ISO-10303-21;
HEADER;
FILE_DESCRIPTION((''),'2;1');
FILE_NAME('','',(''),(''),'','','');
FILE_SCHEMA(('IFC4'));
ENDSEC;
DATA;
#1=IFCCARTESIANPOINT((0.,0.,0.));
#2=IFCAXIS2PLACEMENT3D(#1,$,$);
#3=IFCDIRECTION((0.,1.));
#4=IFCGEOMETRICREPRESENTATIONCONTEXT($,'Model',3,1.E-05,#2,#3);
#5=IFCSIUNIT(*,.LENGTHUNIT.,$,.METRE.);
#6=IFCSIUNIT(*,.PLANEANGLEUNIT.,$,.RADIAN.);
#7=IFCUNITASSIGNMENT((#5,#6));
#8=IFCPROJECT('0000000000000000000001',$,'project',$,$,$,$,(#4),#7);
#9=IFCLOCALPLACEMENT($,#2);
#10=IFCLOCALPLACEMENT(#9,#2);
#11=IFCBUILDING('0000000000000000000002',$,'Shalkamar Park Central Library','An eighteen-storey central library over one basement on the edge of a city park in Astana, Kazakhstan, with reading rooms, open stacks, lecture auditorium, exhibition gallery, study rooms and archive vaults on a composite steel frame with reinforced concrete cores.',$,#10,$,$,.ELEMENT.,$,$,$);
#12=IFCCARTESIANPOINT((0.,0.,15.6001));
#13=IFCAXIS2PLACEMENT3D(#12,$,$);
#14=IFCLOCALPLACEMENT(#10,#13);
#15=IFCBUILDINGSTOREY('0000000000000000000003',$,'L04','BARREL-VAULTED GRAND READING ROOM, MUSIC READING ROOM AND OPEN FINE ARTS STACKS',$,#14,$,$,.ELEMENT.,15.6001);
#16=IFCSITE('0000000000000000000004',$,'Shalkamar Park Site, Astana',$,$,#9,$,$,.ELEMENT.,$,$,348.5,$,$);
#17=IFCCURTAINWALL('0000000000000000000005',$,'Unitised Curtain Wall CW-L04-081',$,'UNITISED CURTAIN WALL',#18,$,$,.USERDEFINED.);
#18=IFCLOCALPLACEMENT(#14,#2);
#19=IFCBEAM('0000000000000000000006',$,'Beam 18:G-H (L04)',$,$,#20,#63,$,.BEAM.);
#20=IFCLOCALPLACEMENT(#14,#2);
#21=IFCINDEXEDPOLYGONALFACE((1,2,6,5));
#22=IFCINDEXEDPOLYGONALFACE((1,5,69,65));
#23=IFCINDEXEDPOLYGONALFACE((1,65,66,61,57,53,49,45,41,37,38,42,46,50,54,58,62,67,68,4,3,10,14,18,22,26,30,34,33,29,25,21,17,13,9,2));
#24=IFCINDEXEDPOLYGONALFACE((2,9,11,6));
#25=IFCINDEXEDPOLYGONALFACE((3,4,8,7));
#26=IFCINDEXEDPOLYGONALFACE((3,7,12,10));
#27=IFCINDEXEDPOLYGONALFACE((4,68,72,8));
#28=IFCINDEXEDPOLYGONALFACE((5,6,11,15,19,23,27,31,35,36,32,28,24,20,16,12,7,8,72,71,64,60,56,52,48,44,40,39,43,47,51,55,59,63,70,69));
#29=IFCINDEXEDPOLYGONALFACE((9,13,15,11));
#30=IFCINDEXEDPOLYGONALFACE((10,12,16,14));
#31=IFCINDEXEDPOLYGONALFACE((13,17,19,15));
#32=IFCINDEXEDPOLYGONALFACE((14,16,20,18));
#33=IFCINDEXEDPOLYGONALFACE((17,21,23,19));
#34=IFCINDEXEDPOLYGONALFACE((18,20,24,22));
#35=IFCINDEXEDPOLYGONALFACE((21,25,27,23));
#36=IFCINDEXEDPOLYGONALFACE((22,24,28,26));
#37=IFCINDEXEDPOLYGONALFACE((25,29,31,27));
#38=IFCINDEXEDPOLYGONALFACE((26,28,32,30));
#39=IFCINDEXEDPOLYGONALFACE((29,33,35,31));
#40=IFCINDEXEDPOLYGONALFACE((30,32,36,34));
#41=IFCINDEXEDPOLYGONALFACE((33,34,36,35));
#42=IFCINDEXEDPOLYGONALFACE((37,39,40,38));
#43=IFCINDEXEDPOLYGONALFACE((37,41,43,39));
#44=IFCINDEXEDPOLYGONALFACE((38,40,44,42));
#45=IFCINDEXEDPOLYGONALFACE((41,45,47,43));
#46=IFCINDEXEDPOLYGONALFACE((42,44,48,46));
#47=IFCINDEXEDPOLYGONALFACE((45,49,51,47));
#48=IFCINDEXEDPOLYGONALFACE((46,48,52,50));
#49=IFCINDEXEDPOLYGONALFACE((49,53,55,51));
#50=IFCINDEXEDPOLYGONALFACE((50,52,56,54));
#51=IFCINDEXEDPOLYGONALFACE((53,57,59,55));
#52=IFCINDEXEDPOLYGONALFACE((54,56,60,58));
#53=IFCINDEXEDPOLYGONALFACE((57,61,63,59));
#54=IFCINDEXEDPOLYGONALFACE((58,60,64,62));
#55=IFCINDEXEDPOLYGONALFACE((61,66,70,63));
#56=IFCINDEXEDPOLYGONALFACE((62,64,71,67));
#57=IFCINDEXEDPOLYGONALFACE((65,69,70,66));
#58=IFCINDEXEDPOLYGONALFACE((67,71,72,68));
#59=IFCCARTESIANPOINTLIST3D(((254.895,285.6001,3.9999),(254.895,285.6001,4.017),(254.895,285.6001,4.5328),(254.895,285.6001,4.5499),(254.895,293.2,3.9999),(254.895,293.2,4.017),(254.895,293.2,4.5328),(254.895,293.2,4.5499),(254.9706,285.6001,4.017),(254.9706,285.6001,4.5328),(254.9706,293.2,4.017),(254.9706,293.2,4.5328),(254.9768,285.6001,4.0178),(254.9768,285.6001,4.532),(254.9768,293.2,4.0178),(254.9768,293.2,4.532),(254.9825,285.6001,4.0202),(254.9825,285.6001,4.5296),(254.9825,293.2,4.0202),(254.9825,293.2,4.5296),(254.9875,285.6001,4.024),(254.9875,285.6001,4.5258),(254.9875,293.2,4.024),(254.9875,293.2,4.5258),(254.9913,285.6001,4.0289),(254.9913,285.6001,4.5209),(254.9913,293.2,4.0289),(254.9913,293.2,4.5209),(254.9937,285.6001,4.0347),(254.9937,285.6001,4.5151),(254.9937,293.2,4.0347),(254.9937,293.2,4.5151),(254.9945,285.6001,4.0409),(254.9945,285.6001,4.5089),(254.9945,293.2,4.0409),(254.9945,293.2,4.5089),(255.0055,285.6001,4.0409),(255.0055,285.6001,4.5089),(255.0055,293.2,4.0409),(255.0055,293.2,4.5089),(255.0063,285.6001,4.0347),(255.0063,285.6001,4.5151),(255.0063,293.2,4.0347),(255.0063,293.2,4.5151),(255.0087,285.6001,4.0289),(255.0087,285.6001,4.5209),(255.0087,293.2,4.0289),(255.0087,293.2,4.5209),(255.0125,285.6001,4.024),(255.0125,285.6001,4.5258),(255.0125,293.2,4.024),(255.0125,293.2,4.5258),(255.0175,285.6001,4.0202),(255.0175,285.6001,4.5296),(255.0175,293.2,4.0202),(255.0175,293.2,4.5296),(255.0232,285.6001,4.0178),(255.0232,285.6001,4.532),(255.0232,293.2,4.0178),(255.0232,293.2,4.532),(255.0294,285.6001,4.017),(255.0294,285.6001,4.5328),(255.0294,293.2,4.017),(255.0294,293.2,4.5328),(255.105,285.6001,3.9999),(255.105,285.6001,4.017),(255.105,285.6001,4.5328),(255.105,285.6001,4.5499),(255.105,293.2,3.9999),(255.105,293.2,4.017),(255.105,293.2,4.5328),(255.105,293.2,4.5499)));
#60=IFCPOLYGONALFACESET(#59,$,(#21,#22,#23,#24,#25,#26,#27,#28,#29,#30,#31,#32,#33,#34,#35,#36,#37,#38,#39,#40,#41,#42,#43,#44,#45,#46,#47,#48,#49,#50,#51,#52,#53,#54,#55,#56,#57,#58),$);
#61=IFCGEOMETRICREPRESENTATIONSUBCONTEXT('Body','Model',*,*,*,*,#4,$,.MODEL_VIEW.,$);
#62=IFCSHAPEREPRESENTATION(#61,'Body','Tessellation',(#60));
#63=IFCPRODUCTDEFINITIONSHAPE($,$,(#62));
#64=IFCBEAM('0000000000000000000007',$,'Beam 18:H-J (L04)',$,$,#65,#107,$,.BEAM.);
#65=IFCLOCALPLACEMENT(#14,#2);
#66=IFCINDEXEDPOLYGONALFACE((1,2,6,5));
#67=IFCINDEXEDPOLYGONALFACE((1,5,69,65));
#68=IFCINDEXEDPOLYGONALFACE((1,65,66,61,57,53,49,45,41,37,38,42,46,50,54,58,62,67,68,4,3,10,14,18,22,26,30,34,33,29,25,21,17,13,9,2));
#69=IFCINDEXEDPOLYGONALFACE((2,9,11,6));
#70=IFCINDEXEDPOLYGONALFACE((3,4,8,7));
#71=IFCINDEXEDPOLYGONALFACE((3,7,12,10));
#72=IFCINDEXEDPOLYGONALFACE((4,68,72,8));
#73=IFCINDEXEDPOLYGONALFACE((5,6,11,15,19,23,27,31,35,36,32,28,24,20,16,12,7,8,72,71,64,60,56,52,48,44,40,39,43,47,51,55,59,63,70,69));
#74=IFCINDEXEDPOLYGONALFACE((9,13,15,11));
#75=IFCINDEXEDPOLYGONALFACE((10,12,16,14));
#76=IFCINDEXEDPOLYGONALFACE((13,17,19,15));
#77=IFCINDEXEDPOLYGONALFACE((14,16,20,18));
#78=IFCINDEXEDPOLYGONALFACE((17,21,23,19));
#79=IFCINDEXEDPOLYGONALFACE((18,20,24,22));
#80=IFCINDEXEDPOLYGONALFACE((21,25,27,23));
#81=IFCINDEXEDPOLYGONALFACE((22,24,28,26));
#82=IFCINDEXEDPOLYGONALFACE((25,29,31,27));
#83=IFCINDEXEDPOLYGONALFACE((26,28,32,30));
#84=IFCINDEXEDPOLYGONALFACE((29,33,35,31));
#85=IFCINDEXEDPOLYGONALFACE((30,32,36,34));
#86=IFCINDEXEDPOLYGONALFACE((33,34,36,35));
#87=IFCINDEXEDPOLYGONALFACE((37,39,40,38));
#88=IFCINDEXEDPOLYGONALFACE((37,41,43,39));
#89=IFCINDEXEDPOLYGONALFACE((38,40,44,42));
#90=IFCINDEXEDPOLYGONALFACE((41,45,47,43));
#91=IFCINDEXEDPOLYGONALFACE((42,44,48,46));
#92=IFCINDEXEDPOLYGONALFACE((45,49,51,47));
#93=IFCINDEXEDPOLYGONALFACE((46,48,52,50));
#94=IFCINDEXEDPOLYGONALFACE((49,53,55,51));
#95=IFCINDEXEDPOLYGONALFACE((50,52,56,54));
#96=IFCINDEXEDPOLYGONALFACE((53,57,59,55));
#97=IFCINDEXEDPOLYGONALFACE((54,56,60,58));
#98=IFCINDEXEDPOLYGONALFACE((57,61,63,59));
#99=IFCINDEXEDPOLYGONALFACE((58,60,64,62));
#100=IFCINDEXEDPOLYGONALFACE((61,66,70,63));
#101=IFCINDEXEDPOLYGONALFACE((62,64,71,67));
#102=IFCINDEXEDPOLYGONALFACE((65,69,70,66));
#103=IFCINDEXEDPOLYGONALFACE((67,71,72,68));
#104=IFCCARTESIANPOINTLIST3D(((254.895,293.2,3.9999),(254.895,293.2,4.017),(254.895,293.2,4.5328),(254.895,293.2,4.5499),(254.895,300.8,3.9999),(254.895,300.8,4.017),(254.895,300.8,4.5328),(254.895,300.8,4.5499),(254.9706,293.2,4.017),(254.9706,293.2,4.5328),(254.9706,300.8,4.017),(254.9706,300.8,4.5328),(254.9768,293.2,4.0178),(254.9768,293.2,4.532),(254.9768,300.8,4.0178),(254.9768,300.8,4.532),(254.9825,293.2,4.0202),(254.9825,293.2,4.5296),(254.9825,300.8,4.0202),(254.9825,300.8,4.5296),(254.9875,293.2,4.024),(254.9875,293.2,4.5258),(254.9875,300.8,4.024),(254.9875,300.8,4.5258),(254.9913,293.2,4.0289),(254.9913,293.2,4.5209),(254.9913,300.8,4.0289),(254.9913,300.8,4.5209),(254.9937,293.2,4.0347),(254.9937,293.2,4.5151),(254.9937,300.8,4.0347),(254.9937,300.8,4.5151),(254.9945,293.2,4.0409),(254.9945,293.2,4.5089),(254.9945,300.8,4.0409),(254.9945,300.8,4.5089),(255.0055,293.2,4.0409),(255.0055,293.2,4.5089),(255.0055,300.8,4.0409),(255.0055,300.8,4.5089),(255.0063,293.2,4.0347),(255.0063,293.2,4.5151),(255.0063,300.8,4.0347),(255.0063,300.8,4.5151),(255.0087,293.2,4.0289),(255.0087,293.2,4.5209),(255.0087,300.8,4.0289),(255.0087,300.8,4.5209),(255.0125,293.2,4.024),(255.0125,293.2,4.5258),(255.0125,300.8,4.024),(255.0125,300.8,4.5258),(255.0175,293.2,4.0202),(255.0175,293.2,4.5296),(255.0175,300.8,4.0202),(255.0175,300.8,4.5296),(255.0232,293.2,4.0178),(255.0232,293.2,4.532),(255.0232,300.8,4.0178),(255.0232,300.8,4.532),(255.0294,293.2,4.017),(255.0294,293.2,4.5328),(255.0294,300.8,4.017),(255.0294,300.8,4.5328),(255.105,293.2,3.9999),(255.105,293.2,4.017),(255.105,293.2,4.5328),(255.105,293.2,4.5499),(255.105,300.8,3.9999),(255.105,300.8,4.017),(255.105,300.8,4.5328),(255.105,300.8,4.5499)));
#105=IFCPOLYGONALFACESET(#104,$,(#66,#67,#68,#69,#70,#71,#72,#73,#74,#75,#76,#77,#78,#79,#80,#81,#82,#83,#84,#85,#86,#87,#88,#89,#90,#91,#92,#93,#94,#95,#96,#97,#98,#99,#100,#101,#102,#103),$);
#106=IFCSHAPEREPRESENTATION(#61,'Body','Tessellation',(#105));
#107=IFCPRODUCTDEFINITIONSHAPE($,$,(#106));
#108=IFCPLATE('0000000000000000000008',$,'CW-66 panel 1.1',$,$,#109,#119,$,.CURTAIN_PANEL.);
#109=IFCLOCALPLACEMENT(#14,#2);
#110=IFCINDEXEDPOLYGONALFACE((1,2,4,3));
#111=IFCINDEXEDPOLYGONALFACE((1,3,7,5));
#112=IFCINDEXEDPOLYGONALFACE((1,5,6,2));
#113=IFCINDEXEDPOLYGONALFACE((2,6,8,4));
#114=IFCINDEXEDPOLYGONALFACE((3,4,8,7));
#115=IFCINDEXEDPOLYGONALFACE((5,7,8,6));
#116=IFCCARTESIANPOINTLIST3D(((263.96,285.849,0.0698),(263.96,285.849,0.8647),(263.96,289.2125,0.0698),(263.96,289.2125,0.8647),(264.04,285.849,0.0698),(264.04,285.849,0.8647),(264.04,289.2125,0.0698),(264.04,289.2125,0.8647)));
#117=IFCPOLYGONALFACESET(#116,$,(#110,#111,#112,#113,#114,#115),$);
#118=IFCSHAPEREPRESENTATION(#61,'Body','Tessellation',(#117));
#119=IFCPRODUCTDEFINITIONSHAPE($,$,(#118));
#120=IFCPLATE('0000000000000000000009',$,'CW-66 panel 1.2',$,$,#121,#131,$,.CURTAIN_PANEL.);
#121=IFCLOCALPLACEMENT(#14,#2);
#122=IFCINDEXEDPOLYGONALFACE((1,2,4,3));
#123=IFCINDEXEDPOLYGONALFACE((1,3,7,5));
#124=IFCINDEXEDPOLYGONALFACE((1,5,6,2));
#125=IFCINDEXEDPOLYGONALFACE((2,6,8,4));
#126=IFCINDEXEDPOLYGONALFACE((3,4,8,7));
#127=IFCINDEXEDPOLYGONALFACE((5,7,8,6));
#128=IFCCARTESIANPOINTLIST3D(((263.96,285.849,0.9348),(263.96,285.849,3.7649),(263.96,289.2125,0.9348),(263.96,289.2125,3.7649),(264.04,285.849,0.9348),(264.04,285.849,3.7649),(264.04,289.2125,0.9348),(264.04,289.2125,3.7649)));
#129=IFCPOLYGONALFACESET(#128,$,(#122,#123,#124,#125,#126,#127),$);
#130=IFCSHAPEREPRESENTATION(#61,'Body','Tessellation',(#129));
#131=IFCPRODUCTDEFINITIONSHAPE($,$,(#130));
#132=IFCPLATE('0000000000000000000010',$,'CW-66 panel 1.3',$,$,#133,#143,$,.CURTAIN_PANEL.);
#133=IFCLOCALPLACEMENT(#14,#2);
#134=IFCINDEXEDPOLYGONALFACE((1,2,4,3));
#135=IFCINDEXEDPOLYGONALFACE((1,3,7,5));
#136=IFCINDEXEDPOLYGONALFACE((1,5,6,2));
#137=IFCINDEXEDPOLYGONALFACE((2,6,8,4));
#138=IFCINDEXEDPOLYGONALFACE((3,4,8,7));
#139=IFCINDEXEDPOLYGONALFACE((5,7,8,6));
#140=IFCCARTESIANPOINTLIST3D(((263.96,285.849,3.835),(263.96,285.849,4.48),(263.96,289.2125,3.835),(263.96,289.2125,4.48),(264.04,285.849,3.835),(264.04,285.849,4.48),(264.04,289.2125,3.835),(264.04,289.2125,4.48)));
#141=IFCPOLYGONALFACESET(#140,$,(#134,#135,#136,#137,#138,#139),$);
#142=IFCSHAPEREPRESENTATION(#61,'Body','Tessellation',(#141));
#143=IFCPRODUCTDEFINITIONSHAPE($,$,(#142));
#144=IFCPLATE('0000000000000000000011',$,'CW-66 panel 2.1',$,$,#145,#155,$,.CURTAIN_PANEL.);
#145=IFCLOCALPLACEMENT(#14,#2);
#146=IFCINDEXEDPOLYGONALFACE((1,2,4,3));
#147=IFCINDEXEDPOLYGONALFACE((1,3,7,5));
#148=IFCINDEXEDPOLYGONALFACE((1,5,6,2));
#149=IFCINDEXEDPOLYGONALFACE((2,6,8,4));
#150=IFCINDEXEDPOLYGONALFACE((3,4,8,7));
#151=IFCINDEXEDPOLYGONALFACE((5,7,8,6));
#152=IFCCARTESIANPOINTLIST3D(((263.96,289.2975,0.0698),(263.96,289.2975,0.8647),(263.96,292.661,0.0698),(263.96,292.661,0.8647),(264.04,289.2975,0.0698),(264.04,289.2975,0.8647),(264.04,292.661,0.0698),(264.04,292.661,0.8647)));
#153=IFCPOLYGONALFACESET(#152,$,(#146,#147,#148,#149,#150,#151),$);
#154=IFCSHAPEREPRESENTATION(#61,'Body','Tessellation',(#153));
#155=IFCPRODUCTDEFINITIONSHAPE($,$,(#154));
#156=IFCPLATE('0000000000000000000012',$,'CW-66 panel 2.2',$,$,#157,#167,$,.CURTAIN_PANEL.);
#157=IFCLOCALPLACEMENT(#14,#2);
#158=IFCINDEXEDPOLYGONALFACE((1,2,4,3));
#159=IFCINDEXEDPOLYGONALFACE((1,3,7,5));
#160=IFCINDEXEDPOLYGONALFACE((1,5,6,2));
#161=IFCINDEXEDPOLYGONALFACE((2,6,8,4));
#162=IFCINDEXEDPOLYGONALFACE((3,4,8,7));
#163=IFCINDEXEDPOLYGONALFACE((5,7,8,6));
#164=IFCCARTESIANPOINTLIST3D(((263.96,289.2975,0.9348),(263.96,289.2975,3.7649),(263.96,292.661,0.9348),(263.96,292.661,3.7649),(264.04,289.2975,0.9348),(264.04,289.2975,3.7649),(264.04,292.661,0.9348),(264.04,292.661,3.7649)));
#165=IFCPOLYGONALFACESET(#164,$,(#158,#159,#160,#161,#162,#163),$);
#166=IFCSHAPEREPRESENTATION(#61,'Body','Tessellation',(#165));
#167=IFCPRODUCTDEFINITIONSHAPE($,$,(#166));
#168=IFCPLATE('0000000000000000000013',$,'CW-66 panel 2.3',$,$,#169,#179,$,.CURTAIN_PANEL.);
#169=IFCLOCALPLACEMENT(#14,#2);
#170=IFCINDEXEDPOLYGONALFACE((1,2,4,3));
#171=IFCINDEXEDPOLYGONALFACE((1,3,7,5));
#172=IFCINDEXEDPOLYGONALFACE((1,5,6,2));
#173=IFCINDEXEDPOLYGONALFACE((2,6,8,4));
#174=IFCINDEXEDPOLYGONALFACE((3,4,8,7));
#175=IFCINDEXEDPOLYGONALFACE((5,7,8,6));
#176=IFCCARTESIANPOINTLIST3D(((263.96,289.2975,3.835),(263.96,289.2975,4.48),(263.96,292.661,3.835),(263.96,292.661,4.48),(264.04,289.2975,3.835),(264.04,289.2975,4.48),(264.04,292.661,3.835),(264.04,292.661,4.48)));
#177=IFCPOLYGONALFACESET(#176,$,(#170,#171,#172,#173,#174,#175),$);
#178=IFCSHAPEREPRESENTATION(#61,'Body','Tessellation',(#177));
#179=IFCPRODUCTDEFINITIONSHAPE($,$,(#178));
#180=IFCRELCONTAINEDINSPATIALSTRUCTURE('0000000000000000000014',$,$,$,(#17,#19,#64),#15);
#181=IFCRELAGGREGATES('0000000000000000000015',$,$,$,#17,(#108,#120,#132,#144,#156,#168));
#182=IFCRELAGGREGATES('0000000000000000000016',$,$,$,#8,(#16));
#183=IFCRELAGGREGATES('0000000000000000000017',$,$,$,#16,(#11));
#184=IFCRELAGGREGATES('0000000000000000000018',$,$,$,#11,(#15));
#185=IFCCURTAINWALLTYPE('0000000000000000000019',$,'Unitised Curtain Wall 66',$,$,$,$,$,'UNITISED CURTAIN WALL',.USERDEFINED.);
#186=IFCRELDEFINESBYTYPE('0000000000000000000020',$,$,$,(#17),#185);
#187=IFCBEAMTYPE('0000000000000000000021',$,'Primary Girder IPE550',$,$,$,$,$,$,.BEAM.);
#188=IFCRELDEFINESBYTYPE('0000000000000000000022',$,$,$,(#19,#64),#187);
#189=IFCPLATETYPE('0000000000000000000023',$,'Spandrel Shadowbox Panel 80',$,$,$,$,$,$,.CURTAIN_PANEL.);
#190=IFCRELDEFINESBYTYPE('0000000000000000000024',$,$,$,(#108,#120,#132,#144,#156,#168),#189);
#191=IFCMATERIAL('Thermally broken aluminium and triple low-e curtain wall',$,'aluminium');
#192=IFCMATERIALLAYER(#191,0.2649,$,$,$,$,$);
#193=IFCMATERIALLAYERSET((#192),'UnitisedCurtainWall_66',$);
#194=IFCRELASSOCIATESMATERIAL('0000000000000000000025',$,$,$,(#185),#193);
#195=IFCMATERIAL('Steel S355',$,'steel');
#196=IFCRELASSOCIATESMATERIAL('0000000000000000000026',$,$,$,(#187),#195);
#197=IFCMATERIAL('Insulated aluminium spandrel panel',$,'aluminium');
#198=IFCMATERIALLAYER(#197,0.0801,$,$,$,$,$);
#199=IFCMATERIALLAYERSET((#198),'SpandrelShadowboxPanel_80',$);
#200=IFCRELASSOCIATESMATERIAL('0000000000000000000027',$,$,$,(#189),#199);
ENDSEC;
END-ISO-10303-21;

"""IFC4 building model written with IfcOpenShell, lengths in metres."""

from ifc_helpers import new_model, si_unit, direction, frame, origin, origin_2d, place, context, subcontext, project, spatial, rectangle, i_section, extrude, material, layer, layer_set, material_profile, profile_set, type_object, element, aggregate, save


model = new_model("IFC4")

# Units and contexts
model_context = context("Model", 3, precision=1e-05, world=origin(), true_north=direction((0.0, 1.0)))
body_context = subcontext(model_context, "Body", "Model", "MODEL_VIEW")
ifc_project = project(units=[si_unit("LENGTHUNIT", "METRE"), si_unit("PLANEANGLEUNIT", "RADIAN")], contexts=[model_context])

# Site, building, storey
site_placement = place(None, origin())
site = spatial("IfcSite", under=ifc_project, at=site_placement, Name="Shalkamar Park Site, Astana", CompositionType="ELEMENT", RefElevation=348.5)
building_placement = place(site_placement, origin())
building = spatial("IfcBuilding", under=site, at=building_placement, Name="Shalkamar Park Central Library", Description="An eighteen-storey central library over one basement on the edge of a city park in Astana, Kazakhstan, with reading rooms, open stacks, lecture auditorium, exhibition gallery, study rooms and archive vaults on a composite steel frame with reinforced concrete cores.", CompositionType="ELEMENT")
storey_placement = place(building_placement, frame((0.0, 0.0, 15.6001)))
storey = spatial("IfcBuildingStorey", under=building, at=storey_placement, Name="L04", Description="BARREL-VAULTED GRAND READING ROOM, MUSIC READING ROOM AND OPEN FINE ARTS STACKS", CompositionType="ELEMENT", Elevation=15.6001)

# Shared definitions
ifc_material_1 = material(Name="Steel S355", Category="steel")

# Curtain wall
ifc_material_2 = material(Name="Thermally broken aluminium and triple low-e curtain wall", Category="aluminium")
ifc_layer_1 = layer(ifc_material_2, 0.2649)
ifc_layer_set_1 = layer_set([ifc_layer_1], Name="UnitisedCurtainWall_66")
curtain_wall_type = type_object("IfcCurtainWallType", Name="Unitised Curtain Wall 66", ElementType="UNITISED CURTAIN WALL", PredefinedType="USERDEFINED", material=ifc_layer_set_1)
curtain_wall_placement = place(storey_placement, origin())
curtain_wall = element("IfcCurtainWall", 1, at=curtain_wall_placement, inside=storey, type_object=curtain_wall_type, Name="Unitised Curtain Wall CW-L04-081", ObjectType="UNITISED CURTAIN WALL", PredefinedType="USERDEFINED")

# Beams
ifc_material_profile_1 = material_profile(ifc_material_1, i_section(OverallWidth=0.21, OverallDepth=0.55, WebThickness=0.011, FlangeThickness=0.0171, FilletRadius=0.0239, at=origin_2d()), Name="IPE 550")
ifc_profile_set_1 = profile_set([ifc_material_profile_1], Name="Steel S355")
beam_type_1 = type_object("IfcBeamType", Name="Primary Girder IPE550", PredefinedType="BEAM", material=ifc_profile_set_1)
beam_1_placement = place(storey_placement, frame((255.0, 285.6001, 4.2749), z_axis=(0.0, 1.0, 0.0), x_axis=(-1.0, 0.0, 0.0)))
element("IfcBeam", 2, at=beam_1_placement, inside=storey, type_object=beam_type_1, Name="Beam 18:G-H (L04)", PredefinedType="BEAM", context=body_context, shape_type="SweptSolid", body=[
    extrude(i_section(OverallWidth=0.21, OverallDepth=0.55, WebThickness=0.011, FlangeThickness=0.0171, FilletRadius=0.0239, at=origin_2d()), origin(), (0.0, 0.0, 1.0), 7.5999),
])
beam_2_placement = place(storey_placement, frame((255.0, 293.2, 4.2749), z_axis=(0.0, 1.0, 0.0), x_axis=(-1.0, 0.0, 0.0)))
element("IfcBeam", 3, at=beam_2_placement, inside=storey, type_object=beam_type_1, Name="Beam 18:H-J (L04)", PredefinedType="BEAM", context=body_context, shape_type="SweptSolid", body=[
    extrude(i_section(OverallWidth=0.21, OverallDepth=0.55, WebThickness=0.011, FlangeThickness=0.0171, FilletRadius=0.0239, at=origin_2d()), origin(), (0.0, 0.0, 1.0), 7.6001),
])

# Plates
ifc_material_3 = material(Name="Insulated aluminium spandrel panel", Category="aluminium")
ifc_layer_2 = layer(ifc_material_3, 0.0801)
ifc_layer_set_2 = layer_set([ifc_layer_2], Name="SpandrelShadowboxPanel_80")
plate_type = type_object("IfcPlateType", Name="Spandrel Shadowbox Panel 80", PredefinedType="CURTAIN_PANEL", material=ifc_layer_set_2)
plate_1_placement = place(storey_placement, frame((264.0, 287.5308, 0.0698), z_axis=(0.0, 0.0, 1.0), x_axis=(0.0, 1.0, 0.0)))
plate_1 = element("IfcPlate", 4, at=plate_1_placement, type_object=plate_type, Name="CW-66 panel 1.1", PredefinedType="CURTAIN_PANEL", context=body_context, shape_type="SweptSolid", body=[
    extrude(rectangle(XDim=3.3635, YDim=0.0801, at=origin_2d()), origin(), (0.0, 0.0, 1.0), 0.7949),
])
plate_2_placement = place(storey_placement, frame((264.0, 287.5308, 0.9348), z_axis=(0.0, 0.0, 1.0), x_axis=(0.0, 1.0, 0.0)))
plate_2 = element("IfcPlate", 5, at=plate_2_placement, type_object=plate_type, Name="CW-66 panel 1.2", PredefinedType="CURTAIN_PANEL", context=body_context, shape_type="SweptSolid", body=[
    extrude(rectangle(XDim=3.3635, YDim=0.0801, at=origin_2d()), origin(), (0.0, 0.0, 1.0), 2.8301),
])
plate_3_placement = place(storey_placement, frame((264.0, 287.5308, 3.835), z_axis=(0.0, 0.0, 1.0), x_axis=(0.0, 1.0, 0.0)))
plate_3 = element("IfcPlate", 6, at=plate_3_placement, type_object=plate_type, Name="CW-66 panel 1.3", PredefinedType="CURTAIN_PANEL", context=body_context, shape_type="SweptSolid", body=[
    extrude(rectangle(XDim=3.3635, YDim=0.0801, at=origin_2d()), origin(), (0.0, 0.0, 1.0), 0.645),
])
plate_4_placement = place(storey_placement, frame((264.0, 290.9792, 0.0698), z_axis=(0.0, 0.0, 1.0), x_axis=(0.0, 1.0, 0.0)))
plate_4 = element("IfcPlate", 7, at=plate_4_placement, type_object=plate_type, Name="CW-66 panel 2.1", PredefinedType="CURTAIN_PANEL", context=body_context, shape_type="SweptSolid", body=[
    extrude(rectangle(XDim=3.3635, YDim=0.0801, at=origin_2d()), origin(), (0.0, 0.0, 1.0), 0.7949),
])
plate_5_placement = place(storey_placement, frame((264.0, 290.9792, 0.9348), z_axis=(0.0, 0.0, 1.0), x_axis=(0.0, 1.0, 0.0)))
plate_5 = element("IfcPlate", 8, at=plate_5_placement, type_object=plate_type, Name="CW-66 panel 2.2", PredefinedType="CURTAIN_PANEL", context=body_context, shape_type="SweptSolid", body=[
    extrude(rectangle(XDim=3.3635, YDim=0.0801, at=origin_2d()), origin(), (0.0, 0.0, 1.0), 2.8301),
])
plate_6_placement = place(storey_placement, frame((264.0, 290.9792, 3.835), z_axis=(0.0, 0.0, 1.0), x_axis=(0.0, 1.0, 0.0)))
plate_6 = element("IfcPlate", 9, at=plate_6_placement, type_object=plate_type, Name="CW-66 panel 2.3", PredefinedType="CURTAIN_PANEL", context=body_context, shape_type="SweptSolid", body=[
    extrude(rectangle(XDim=3.3635, YDim=0.0801, at=origin_2d()), origin(), (0.0, 0.0, 1.0), 0.645),
])
aggregate(curtain_wall, [plate_1, plate_2, plate_3, plate_4, plate_5, plate_6])

save(model, "model.ifc")
